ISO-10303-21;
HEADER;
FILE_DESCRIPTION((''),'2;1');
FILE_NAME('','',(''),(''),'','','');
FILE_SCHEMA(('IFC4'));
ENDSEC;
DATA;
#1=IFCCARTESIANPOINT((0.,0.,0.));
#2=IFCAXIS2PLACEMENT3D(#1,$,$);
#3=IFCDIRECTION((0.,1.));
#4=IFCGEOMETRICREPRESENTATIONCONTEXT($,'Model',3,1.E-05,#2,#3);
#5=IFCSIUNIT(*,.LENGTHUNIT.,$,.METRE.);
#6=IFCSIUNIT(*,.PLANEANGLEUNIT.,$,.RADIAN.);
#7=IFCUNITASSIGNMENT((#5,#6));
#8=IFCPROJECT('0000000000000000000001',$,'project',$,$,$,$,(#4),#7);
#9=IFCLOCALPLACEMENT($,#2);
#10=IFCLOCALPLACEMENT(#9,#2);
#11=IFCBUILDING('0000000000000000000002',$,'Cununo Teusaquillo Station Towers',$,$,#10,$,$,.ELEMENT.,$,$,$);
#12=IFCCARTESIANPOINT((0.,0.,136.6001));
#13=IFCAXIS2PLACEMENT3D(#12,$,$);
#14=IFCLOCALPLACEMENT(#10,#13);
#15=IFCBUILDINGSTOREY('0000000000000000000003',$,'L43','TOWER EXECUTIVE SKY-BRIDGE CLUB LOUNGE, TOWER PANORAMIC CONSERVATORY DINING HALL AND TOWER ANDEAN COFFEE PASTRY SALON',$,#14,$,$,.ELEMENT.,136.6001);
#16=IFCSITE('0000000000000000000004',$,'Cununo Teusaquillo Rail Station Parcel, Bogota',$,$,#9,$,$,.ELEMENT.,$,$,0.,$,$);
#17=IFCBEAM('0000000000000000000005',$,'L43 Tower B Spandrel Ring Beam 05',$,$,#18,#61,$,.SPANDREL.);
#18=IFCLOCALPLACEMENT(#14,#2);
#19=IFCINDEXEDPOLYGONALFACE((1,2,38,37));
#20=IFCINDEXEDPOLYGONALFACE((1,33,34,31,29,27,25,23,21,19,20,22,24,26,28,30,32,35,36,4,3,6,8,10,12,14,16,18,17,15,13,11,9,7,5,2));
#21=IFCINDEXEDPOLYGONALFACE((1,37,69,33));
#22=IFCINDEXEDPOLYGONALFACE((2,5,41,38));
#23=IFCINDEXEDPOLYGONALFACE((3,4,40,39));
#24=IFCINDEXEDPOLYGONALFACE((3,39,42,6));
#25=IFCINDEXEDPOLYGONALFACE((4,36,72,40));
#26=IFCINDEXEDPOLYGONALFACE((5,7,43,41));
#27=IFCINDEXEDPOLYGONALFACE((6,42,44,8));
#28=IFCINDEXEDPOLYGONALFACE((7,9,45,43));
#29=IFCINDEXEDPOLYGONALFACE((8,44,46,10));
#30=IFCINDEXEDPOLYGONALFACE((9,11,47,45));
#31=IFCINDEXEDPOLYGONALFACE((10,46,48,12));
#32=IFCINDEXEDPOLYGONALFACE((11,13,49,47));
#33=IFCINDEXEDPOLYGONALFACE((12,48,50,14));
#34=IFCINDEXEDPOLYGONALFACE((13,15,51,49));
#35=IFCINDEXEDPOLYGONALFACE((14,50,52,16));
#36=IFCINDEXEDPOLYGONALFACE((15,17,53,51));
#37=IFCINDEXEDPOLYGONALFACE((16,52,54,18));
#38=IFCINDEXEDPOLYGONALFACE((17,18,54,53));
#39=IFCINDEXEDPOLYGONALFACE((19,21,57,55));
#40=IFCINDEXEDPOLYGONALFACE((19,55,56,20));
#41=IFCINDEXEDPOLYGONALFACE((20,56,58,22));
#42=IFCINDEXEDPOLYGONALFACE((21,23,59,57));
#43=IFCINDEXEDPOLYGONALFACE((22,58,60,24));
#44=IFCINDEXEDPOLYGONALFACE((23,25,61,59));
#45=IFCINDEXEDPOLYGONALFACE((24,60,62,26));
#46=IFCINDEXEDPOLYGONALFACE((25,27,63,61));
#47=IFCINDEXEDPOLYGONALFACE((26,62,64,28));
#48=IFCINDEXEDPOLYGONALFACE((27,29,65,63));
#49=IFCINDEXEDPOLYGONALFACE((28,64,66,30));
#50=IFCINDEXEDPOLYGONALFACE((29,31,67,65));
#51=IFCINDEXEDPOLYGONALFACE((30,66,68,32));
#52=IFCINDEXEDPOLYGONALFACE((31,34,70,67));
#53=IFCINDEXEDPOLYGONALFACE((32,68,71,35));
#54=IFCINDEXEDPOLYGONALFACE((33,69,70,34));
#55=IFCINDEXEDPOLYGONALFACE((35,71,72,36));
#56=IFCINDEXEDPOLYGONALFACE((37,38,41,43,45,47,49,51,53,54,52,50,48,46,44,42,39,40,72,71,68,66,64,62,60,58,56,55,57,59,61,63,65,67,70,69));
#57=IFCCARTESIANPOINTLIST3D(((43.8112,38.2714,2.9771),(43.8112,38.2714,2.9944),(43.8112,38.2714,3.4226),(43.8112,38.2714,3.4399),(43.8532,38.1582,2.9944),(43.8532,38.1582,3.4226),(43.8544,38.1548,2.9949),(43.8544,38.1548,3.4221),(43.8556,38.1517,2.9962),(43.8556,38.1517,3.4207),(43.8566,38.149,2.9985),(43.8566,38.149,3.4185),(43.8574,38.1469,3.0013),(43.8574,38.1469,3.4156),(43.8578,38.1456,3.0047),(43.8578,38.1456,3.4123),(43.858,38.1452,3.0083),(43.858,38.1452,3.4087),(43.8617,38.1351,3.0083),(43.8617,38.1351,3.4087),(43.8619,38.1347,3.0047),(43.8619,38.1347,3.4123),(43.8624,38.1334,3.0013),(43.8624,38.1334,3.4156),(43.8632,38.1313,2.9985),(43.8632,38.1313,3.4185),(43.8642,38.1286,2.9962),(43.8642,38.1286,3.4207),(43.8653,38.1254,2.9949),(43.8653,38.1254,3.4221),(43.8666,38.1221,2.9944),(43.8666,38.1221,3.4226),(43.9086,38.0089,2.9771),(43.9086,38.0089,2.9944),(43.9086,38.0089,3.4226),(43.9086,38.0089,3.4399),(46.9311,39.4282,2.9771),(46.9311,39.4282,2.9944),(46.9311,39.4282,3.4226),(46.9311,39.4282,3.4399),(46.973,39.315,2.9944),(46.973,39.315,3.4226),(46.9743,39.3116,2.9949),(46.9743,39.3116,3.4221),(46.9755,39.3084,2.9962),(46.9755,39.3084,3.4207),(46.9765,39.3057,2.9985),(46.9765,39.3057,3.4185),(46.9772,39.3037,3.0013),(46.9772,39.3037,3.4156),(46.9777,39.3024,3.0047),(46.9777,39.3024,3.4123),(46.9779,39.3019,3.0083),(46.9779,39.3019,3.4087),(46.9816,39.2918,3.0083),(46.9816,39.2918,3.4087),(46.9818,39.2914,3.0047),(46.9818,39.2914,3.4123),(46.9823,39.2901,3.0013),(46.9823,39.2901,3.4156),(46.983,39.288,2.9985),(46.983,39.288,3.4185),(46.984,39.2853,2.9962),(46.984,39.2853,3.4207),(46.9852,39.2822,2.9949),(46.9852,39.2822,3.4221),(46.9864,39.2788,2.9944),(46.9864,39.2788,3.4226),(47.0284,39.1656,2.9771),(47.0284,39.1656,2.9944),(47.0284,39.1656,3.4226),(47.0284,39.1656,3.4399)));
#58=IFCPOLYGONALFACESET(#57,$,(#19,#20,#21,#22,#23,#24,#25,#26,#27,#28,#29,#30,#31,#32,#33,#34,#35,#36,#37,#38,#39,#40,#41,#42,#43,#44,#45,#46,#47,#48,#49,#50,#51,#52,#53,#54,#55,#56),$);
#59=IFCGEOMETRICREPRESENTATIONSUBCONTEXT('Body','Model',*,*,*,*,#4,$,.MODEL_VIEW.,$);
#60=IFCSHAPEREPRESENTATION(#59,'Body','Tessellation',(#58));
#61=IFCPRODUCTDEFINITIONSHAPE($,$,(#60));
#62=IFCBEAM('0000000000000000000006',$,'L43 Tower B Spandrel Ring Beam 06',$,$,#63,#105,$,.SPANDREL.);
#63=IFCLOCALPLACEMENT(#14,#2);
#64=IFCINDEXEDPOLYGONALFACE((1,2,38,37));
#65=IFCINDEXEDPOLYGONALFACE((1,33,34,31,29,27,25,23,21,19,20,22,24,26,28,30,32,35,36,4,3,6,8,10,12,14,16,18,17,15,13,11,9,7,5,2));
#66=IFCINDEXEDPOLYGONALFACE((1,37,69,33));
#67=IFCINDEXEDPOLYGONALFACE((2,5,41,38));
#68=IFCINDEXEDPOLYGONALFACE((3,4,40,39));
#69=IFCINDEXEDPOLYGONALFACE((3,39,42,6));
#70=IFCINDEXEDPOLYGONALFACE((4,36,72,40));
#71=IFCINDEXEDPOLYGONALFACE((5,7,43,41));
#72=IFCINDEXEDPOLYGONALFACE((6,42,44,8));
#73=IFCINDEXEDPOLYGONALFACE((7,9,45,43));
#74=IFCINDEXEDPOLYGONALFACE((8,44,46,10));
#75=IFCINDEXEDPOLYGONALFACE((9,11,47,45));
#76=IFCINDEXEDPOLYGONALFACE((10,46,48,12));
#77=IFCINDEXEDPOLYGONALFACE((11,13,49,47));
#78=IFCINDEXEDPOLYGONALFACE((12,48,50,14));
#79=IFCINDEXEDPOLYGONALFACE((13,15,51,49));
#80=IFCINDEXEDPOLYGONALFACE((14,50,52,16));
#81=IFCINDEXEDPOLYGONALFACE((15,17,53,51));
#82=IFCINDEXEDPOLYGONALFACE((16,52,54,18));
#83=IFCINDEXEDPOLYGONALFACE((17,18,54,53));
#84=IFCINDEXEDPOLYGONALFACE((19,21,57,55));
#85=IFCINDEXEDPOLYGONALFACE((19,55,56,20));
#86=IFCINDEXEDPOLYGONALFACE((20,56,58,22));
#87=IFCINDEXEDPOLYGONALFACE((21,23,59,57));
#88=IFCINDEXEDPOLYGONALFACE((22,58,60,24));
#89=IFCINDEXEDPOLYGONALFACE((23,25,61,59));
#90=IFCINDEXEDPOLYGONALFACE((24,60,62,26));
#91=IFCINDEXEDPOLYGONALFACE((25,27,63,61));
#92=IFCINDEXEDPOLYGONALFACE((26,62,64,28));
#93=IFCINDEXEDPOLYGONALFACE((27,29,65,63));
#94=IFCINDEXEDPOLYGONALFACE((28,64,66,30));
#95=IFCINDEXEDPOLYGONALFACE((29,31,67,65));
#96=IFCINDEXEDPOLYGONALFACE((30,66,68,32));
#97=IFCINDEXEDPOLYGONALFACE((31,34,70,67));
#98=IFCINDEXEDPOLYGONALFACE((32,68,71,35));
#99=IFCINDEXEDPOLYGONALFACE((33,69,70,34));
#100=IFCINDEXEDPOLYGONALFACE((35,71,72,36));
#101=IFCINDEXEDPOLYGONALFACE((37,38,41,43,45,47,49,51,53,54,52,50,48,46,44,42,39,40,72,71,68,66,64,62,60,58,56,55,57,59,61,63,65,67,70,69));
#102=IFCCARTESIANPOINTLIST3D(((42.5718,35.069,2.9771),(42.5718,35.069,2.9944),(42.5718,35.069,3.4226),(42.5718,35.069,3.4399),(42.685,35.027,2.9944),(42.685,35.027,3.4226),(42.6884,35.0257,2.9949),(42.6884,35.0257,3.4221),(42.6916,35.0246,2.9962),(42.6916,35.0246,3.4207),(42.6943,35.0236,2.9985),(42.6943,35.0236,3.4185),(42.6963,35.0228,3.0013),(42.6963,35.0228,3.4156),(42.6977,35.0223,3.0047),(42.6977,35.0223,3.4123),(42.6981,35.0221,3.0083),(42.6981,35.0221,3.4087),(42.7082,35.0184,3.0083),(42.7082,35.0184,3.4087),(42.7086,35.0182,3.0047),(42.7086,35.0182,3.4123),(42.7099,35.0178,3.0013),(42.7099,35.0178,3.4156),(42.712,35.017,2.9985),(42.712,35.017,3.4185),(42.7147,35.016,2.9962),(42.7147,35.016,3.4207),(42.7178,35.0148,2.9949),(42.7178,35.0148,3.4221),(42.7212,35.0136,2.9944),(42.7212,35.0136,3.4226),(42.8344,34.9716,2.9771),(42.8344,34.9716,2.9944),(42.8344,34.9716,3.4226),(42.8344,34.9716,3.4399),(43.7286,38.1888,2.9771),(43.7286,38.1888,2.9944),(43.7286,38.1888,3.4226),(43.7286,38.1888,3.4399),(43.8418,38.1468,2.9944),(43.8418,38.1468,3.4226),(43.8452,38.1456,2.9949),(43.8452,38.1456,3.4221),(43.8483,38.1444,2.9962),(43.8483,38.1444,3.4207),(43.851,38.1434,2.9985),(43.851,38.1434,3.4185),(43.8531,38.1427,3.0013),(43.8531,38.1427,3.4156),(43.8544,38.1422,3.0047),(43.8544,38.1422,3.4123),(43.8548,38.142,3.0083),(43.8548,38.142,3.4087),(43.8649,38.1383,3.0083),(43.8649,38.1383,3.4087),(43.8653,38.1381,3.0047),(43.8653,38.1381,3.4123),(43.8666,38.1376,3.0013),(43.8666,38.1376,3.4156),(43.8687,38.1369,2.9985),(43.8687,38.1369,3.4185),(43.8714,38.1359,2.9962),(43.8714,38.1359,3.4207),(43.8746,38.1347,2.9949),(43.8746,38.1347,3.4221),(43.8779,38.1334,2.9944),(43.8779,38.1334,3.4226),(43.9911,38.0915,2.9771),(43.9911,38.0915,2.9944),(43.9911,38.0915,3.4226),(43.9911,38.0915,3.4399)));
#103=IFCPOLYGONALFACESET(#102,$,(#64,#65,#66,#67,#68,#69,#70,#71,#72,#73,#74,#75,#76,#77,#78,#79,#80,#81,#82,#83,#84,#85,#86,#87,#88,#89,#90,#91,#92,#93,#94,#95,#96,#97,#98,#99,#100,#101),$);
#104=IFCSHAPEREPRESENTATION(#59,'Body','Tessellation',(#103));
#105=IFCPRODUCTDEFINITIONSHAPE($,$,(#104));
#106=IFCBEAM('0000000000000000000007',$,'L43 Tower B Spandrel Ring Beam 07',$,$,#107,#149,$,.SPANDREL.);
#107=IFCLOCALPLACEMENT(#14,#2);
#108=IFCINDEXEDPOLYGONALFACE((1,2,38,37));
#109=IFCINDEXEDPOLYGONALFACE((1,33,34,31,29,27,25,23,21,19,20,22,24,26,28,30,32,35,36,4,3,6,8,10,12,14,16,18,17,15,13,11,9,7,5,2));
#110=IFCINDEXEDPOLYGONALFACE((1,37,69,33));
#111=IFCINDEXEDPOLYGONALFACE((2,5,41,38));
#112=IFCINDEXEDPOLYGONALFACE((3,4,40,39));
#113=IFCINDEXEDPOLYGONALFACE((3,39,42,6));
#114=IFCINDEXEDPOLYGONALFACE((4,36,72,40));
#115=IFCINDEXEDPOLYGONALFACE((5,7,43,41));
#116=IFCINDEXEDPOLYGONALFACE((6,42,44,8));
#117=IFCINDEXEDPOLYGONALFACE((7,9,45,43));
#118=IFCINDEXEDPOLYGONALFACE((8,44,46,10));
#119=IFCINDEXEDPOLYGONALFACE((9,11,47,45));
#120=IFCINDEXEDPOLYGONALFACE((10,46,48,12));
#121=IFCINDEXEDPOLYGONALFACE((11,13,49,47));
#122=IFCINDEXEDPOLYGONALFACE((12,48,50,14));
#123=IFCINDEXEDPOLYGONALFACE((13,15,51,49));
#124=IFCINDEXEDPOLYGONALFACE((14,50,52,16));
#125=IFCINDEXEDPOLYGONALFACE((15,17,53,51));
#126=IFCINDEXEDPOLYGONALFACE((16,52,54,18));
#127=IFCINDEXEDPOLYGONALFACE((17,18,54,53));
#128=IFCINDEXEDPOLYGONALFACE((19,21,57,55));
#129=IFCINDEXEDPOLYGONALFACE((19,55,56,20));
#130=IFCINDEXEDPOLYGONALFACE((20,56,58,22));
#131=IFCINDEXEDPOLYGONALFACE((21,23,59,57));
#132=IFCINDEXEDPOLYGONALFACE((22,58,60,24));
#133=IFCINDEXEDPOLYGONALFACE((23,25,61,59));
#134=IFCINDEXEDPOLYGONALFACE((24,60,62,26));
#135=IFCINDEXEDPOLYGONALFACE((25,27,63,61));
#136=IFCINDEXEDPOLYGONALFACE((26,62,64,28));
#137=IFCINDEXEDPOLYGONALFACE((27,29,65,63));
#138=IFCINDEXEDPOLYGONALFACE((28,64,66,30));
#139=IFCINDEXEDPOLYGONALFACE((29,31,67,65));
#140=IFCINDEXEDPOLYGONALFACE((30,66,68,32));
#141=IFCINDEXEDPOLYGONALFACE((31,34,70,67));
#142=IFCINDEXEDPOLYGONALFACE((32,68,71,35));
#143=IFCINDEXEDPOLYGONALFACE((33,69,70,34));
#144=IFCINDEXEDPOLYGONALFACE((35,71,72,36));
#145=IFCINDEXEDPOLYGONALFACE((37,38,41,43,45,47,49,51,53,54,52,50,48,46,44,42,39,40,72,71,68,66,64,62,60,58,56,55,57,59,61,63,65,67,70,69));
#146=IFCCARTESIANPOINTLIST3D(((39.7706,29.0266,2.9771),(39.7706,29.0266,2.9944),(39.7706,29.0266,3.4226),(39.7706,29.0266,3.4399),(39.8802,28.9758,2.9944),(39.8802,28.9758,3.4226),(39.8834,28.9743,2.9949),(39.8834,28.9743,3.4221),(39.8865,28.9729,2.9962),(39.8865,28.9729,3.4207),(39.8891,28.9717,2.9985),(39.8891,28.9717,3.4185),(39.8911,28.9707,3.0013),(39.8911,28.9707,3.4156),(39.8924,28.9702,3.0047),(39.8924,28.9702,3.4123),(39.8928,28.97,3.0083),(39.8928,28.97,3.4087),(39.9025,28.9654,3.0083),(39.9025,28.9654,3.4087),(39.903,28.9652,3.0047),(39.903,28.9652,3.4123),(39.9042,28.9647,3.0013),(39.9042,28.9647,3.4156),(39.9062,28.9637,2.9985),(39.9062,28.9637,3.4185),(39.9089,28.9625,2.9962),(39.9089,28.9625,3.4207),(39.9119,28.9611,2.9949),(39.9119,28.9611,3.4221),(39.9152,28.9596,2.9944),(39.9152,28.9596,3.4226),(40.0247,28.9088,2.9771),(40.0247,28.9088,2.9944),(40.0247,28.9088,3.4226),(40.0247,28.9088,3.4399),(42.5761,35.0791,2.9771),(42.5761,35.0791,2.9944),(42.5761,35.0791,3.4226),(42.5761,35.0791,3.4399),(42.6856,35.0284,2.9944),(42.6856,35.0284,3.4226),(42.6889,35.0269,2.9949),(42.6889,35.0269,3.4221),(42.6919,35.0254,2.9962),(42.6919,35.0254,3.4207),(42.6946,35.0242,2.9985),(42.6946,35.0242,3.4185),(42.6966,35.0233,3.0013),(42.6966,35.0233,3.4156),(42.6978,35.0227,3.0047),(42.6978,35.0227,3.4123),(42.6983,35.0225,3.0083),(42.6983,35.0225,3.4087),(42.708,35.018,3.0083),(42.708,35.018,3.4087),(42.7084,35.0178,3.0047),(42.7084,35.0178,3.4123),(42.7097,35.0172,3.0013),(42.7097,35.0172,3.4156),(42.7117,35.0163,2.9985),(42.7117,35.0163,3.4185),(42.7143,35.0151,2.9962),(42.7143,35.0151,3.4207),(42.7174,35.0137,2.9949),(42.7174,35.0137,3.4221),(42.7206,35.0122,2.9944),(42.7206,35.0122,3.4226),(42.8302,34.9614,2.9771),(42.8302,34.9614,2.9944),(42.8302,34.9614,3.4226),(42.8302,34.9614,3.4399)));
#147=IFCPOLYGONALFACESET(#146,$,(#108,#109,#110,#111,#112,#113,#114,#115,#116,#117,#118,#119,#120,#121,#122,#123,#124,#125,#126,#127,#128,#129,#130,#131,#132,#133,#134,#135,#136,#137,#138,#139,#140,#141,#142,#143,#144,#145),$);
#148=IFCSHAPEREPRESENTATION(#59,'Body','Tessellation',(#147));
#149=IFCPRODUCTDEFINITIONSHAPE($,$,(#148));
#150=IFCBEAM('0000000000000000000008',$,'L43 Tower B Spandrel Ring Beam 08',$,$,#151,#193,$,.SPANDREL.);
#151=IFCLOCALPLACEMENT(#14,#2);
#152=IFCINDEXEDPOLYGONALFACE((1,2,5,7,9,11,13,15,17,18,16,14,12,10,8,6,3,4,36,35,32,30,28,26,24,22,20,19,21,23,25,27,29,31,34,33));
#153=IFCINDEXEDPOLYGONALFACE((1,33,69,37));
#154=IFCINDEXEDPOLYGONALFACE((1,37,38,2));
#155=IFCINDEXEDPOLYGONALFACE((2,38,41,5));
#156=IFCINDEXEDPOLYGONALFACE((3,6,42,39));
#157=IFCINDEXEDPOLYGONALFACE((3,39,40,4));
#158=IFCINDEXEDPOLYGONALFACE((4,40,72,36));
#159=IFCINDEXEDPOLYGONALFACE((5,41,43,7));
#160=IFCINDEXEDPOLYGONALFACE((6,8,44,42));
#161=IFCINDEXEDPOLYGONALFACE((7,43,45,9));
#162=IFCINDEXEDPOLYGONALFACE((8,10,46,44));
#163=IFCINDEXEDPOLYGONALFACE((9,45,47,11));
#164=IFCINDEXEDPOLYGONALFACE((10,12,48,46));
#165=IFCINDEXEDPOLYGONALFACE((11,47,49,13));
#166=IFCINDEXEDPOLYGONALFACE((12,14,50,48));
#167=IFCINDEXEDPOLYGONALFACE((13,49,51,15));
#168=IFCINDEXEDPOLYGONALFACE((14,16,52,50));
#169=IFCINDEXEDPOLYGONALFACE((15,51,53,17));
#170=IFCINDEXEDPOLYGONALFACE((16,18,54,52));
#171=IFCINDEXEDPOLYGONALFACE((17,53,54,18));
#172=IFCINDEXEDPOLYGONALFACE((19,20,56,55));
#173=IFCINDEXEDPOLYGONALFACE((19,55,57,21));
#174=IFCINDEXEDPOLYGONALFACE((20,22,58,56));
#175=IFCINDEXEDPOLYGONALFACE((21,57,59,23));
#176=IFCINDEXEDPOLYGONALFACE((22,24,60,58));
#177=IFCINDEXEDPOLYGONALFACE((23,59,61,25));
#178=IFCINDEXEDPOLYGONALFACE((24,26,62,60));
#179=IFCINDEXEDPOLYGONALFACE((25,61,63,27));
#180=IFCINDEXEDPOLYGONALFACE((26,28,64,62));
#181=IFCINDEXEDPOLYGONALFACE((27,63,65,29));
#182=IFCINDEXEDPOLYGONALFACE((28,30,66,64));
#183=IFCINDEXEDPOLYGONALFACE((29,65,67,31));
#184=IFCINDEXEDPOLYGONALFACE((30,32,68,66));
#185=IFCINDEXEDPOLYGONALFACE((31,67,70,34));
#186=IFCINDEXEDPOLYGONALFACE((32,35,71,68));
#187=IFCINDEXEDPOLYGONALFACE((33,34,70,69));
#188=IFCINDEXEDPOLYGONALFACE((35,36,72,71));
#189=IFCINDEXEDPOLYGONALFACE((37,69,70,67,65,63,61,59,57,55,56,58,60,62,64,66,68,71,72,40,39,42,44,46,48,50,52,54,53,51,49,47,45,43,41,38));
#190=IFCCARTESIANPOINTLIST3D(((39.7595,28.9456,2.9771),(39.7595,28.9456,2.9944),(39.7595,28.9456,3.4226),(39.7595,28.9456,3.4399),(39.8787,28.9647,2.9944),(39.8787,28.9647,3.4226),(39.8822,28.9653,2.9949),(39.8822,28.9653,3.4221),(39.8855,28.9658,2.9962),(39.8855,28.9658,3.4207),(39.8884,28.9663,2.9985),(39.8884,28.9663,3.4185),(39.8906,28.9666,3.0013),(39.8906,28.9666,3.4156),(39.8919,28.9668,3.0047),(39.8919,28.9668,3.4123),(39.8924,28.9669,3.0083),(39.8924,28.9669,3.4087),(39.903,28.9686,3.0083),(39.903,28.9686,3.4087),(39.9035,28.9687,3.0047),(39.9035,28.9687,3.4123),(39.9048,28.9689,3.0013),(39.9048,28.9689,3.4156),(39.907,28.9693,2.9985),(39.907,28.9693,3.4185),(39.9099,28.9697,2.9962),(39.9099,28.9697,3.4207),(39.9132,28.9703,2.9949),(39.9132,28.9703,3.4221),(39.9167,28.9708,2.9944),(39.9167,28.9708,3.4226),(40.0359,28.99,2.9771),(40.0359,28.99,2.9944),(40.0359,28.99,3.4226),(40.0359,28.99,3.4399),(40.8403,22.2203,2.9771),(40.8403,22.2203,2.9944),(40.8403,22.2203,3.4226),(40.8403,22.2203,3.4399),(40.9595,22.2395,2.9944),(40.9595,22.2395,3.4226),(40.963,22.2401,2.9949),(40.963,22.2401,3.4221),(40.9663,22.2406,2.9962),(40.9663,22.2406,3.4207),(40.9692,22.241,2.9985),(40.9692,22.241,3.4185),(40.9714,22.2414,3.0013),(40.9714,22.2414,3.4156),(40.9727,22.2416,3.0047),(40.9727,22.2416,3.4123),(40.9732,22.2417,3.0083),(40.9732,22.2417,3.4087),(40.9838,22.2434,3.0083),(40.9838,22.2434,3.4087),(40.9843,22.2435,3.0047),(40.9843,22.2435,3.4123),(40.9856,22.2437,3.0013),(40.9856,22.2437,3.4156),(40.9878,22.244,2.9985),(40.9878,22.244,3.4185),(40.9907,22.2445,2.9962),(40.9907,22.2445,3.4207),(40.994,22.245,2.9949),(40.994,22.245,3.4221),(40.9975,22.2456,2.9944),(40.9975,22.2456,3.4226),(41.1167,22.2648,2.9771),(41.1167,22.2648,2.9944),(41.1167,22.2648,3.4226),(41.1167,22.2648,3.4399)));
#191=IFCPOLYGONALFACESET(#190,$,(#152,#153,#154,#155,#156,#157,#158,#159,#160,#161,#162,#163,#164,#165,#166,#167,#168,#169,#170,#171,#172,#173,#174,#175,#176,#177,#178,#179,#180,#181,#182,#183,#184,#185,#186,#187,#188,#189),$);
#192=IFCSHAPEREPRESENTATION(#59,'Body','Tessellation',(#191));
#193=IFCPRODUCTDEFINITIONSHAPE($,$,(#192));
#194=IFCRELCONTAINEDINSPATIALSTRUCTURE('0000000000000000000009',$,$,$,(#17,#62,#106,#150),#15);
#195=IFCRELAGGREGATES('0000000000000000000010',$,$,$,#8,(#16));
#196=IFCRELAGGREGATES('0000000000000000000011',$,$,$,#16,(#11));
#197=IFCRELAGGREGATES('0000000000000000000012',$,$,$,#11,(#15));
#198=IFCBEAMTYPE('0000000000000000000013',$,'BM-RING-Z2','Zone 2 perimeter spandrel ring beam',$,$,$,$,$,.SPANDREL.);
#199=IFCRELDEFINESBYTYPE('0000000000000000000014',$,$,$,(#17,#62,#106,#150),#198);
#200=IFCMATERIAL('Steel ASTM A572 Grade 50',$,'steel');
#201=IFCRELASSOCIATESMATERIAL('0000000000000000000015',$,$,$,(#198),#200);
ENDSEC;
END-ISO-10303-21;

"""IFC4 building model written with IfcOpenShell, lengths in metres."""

from ifc_helpers import new_model, si_unit, direction, frame, origin, origin_2d, place, context, subcontext, project, spatial, i_section, extrude, material, material_profile, profile_set, type_object, element, save


model = new_model("IFC4")

# Units and contexts
model_context = context("Model", 3, precision=1e-05, world=origin(), true_north=direction((0.0, 1.0)))
body_context = subcontext(model_context, "Body", "Model", "MODEL_VIEW")
ifc_project = project(units=[si_unit("LENGTHUNIT", "METRE"), si_unit("PLANEANGLEUNIT", "RADIAN")], contexts=[model_context])

# Site, building, storey
site_placement = place(None, origin())
site = spatial("IfcSite", under=ifc_project, at=site_placement, Name="Cununo Teusaquillo Rail Station Parcel, Bogota", CompositionType="ELEMENT", RefElevation=0.0)
building_placement = place(site_placement, origin())
building = spatial("IfcBuilding", under=site, at=building_placement, Name="Cununo Teusaquillo Station Towers", CompositionType="ELEMENT")
storey_placement = place(building_placement, frame((0.0, 0.0, 136.6001)))
storey = spatial("IfcBuildingStorey", under=building, at=storey_placement, Name="L43", Description="TOWER EXECUTIVE SKY-BRIDGE CLUB LOUNGE, TOWER PANORAMIC CONSERVATORY DINING HALL AND TOWER ANDEAN COFFEE PASTRY SALON", CompositionType="ELEMENT", Elevation=136.6001)

# Beams
ifc_material_1 = material(Name="Steel ASTM A572 Grade 50", Category="steel")
ifc_material_profile_1 = material_profile(ifc_material_1, i_section(OverallWidth=0.28, OverallDepth=0.4629, WebThickness=0.0107, FlangeThickness=0.0173, FilletRadius=0.0139, at=origin_2d()), Name="W18X76")
ifc_profile_set_1 = profile_set([ifc_material_profile_1], Name="Steel ASTM A572 Grade 50")
beam_type_1 = type_object("IfcBeamType", Name="BM-RING-Z2", Description="Zone 2 perimeter spandrel ring beam", PredefinedType="SPANDREL", material=ifc_profile_set_1)
for number, where, z_axis, x_axis, name in (
    (1, (46.9797, 39.2969, 3.2085), (-0.937628, -0.347639, 0.0), (0.347639, -0.937628, 0.0), "L43 Tower B Spandrel Ring Beam 05"),
    (2, (43.8599, 38.1401, 3.2085), (-0.347639, -0.937628, 0.0), (0.937628, -0.347639, 0.0), "L43 Tower B Spandrel Ring Beam 06"),
):
    element("IfcBeam", number, at=place(storey_placement, frame(where, z_axis=z_axis, x_axis=x_axis)), inside=storey, type_object=beam_type_1, Name=name, PredefinedType="SPANDREL", context=body_context, shape_type="SweptSolid", body=[
        extrude(i_section(OverallWidth=0.28, OverallDepth=0.4629, WebThickness=0.0107, FlangeThickness=0.0173, FilletRadius=0.0139, at=origin_2d()), origin(), (0.0, 0.0, 1.0), 3.3274),
    ])
beam_1_placement = place(storey_placement, frame((42.7031, 35.0203, 3.2085), z_axis=(-0.420536, -0.907276, 0.0), x_axis=(0.907276, -0.420536, 0.0)))
element("IfcBeam", 3, at=beam_1_placement, inside=storey, type_object=beam_type_1, Name="L43 Tower B Spandrel Ring Beam 07", PredefinedType="SPANDREL", context=body_context, shape_type="SweptSolid", body=[
    extrude(i_section(OverallWidth=0.28, OverallDepth=0.4629, WebThickness=0.0107, FlangeThickness=0.0173, FilletRadius=0.0139, at=origin_2d()), origin(), (0.0, 0.0, 1.0), 6.6711),
])
beam_2_placement = place(storey_placement, frame((39.8977, 28.9678, 3.2085), z_axis=(0.158671, -0.987331, 0.0), x_axis=(0.987331, 0.158671, 0.0)))
element("IfcBeam", 4, at=beam_2_placement, inside=storey, type_object=beam_type_1, Name="L43 Tower B Spandrel Ring Beam 08", PredefinedType="SPANDREL", context=body_context, shape_type="SweptSolid", body=[
    extrude(i_section(OverallWidth=0.28, OverallDepth=0.4629, WebThickness=0.0107, FlangeThickness=0.0173, FilletRadius=0.0139, at=origin_2d()), origin(), (0.0, 0.0, 1.0), 6.8115),
])

save(model, "model.ifc")
